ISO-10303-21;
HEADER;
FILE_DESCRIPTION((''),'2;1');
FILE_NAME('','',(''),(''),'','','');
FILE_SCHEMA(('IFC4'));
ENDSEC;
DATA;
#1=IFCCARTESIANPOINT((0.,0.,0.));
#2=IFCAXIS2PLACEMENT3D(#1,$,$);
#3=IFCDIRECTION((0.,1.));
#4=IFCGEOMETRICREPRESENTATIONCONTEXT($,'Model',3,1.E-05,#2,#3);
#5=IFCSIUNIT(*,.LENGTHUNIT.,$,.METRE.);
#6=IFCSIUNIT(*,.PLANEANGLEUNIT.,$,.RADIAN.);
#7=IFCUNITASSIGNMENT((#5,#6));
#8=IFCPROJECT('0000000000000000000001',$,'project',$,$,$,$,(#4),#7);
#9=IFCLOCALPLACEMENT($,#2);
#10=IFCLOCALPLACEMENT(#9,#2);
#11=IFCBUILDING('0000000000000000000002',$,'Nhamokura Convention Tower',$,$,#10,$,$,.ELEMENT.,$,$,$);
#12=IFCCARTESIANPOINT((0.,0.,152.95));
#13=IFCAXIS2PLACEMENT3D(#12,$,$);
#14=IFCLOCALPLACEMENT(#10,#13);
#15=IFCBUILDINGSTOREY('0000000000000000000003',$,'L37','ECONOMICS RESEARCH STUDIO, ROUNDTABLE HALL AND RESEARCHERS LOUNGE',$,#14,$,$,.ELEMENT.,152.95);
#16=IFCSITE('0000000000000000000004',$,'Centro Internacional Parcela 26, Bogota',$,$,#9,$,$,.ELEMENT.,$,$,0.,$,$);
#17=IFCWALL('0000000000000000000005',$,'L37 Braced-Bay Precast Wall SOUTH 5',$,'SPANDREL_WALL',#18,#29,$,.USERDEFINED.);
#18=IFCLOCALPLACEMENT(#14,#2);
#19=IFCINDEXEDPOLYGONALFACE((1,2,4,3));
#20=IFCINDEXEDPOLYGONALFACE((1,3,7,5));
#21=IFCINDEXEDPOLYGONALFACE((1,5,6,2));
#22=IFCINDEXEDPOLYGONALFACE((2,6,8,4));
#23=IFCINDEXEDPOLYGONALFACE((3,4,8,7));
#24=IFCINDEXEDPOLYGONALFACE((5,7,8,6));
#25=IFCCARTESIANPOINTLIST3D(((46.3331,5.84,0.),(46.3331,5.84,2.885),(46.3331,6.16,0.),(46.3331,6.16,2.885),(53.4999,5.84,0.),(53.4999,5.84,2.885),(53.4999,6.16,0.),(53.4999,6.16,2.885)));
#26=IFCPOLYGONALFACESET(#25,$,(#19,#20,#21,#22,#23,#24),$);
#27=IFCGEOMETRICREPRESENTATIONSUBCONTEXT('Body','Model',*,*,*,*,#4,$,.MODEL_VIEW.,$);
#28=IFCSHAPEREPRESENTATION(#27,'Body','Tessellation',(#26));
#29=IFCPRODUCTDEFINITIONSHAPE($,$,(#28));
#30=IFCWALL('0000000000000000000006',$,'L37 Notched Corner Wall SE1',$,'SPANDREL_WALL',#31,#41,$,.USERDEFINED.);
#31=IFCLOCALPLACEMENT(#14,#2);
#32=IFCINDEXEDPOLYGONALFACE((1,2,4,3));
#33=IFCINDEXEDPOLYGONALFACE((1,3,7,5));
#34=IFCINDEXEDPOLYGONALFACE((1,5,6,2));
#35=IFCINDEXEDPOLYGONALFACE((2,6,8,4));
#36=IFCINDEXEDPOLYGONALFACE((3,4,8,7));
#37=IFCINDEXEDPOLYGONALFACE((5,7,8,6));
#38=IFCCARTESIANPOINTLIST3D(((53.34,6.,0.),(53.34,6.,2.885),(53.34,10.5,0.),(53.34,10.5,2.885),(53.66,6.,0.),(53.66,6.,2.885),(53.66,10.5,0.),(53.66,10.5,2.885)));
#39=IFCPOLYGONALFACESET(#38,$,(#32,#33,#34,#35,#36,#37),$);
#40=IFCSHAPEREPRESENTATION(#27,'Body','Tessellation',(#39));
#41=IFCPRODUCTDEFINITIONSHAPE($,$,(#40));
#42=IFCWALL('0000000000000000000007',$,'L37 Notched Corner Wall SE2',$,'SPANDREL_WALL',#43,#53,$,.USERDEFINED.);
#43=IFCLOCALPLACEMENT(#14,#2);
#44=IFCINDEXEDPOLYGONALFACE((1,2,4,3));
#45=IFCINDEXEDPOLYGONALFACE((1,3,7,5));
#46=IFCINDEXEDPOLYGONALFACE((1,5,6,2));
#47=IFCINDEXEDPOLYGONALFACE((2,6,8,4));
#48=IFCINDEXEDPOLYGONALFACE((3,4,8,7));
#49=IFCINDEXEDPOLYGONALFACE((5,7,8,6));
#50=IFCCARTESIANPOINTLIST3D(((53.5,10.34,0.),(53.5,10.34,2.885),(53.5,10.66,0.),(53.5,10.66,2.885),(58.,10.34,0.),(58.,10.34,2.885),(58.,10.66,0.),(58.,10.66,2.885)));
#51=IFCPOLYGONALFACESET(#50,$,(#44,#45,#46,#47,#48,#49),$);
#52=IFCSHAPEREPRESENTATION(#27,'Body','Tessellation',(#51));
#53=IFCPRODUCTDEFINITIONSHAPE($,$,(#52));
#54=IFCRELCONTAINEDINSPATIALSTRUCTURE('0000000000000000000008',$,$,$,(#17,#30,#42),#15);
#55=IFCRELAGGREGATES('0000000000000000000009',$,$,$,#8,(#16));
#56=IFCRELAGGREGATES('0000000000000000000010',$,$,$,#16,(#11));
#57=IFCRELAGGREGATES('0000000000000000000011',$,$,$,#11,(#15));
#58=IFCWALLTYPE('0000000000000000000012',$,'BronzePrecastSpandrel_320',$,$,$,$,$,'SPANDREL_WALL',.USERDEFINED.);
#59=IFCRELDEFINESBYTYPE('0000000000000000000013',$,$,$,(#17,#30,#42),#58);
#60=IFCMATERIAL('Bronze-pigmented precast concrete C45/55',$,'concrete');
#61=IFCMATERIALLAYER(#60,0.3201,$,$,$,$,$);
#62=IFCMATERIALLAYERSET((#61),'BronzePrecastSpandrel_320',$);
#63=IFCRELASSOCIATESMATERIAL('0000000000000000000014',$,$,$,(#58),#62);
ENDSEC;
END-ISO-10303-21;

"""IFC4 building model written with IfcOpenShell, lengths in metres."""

from ifc_helpers import new_model, si_unit, direction, frame, frame_2d, origin, place, context, subcontext, project, spatial, rectangle, extrude, material, layer, layer_set, type_object, element, save


model = new_model("IFC4")

# Units and contexts
model_context = context("Model", 3, precision=1e-05, world=origin(), true_north=direction((0.0, 1.0)))
body_context = subcontext(model_context, "Body", "Model", "MODEL_VIEW")
ifc_project = project(units=[si_unit("LENGTHUNIT", "METRE"), si_unit("PLANEANGLEUNIT", "RADIAN")], contexts=[model_context])

# Site, building, storey
site_placement = place(None, origin())
site = spatial("IfcSite", under=ifc_project, at=site_placement, Name="Centro Internacional Parcela 26, Bogota", CompositionType="ELEMENT", RefElevation=0.0)
building_placement = place(site_placement, origin())
building = spatial("IfcBuilding", under=site, at=building_placement, Name="Nhamokura Convention Tower", CompositionType="ELEMENT")
storey_placement = place(building_placement, frame((0.0, 0.0, 152.95)))
storey = spatial("IfcBuildingStorey", under=building, at=storey_placement, Name="L37", Description="ECONOMICS RESEARCH STUDIO, ROUNDTABLE HALL AND RESEARCHERS LOUNGE", CompositionType="ELEMENT", Elevation=152.95)

# Shared definitions
ifc_material_1 = material(Name="Bronze-pigmented precast concrete C45/55", Category="concrete")
ifc_layer = layer(ifc_material_1, 0.3201)
ifc_layer_set = layer_set([ifc_layer], Name="BronzePrecastSpandrel_320")
wall_type = type_object("IfcWallType", Name="BronzePrecastSpandrel_320", ElementType="SPANDREL_WALL", PredefinedType="USERDEFINED", material=ifc_layer_set)

# Walls
wall_1_placement = place(storey_placement, frame((53.5, 6.0, 0.0), z_axis=(0.0, 0.0, 1.0), x_axis=(-1.0, 0.0, 0.0)))
element("IfcWall", 1, at=wall_1_placement, inside=storey, type_object=wall_type, Name="L37 Braced-Bay Precast Wall SOUTH 5", ObjectType="SPANDREL_WALL", PredefinedType="USERDEFINED", context=body_context, shape_type="SweptSolid", body=[
    extrude(rectangle(XDim=7.1667, YDim=0.3201, at=frame_2d((3.5835, 0.0))), origin(), (0.0, 0.0, 1.0), 2.885),
])
for number, where, z_axis, x_axis, name in (
    (2, (53.5, 10.5, 0.0), (0.0, 0.0, 1.0), (0.0, -1.0, 0.0), "L37 Notched Corner Wall SE1"),
    (3, (58.0, 10.5, 0.0), (0.0, 0.0, 1.0), (-1.0, 0.0, 0.0), "L37 Notched Corner Wall SE2"),
):
    element("IfcWall", number, at=place(storey_placement, frame(where, z_axis=z_axis, x_axis=x_axis)), inside=storey, type_object=wall_type, Name=name, ObjectType="SPANDREL_WALL", PredefinedType="USERDEFINED", context=body_context, shape_type="SweptSolid", body=[
        extrude(rectangle(XDim=4.5, YDim=0.3201, at=frame_2d((2.25, 0.0))), origin(), (0.0, 0.0, 1.0), 2.885),
    ])

save(model, "model.ifc")
